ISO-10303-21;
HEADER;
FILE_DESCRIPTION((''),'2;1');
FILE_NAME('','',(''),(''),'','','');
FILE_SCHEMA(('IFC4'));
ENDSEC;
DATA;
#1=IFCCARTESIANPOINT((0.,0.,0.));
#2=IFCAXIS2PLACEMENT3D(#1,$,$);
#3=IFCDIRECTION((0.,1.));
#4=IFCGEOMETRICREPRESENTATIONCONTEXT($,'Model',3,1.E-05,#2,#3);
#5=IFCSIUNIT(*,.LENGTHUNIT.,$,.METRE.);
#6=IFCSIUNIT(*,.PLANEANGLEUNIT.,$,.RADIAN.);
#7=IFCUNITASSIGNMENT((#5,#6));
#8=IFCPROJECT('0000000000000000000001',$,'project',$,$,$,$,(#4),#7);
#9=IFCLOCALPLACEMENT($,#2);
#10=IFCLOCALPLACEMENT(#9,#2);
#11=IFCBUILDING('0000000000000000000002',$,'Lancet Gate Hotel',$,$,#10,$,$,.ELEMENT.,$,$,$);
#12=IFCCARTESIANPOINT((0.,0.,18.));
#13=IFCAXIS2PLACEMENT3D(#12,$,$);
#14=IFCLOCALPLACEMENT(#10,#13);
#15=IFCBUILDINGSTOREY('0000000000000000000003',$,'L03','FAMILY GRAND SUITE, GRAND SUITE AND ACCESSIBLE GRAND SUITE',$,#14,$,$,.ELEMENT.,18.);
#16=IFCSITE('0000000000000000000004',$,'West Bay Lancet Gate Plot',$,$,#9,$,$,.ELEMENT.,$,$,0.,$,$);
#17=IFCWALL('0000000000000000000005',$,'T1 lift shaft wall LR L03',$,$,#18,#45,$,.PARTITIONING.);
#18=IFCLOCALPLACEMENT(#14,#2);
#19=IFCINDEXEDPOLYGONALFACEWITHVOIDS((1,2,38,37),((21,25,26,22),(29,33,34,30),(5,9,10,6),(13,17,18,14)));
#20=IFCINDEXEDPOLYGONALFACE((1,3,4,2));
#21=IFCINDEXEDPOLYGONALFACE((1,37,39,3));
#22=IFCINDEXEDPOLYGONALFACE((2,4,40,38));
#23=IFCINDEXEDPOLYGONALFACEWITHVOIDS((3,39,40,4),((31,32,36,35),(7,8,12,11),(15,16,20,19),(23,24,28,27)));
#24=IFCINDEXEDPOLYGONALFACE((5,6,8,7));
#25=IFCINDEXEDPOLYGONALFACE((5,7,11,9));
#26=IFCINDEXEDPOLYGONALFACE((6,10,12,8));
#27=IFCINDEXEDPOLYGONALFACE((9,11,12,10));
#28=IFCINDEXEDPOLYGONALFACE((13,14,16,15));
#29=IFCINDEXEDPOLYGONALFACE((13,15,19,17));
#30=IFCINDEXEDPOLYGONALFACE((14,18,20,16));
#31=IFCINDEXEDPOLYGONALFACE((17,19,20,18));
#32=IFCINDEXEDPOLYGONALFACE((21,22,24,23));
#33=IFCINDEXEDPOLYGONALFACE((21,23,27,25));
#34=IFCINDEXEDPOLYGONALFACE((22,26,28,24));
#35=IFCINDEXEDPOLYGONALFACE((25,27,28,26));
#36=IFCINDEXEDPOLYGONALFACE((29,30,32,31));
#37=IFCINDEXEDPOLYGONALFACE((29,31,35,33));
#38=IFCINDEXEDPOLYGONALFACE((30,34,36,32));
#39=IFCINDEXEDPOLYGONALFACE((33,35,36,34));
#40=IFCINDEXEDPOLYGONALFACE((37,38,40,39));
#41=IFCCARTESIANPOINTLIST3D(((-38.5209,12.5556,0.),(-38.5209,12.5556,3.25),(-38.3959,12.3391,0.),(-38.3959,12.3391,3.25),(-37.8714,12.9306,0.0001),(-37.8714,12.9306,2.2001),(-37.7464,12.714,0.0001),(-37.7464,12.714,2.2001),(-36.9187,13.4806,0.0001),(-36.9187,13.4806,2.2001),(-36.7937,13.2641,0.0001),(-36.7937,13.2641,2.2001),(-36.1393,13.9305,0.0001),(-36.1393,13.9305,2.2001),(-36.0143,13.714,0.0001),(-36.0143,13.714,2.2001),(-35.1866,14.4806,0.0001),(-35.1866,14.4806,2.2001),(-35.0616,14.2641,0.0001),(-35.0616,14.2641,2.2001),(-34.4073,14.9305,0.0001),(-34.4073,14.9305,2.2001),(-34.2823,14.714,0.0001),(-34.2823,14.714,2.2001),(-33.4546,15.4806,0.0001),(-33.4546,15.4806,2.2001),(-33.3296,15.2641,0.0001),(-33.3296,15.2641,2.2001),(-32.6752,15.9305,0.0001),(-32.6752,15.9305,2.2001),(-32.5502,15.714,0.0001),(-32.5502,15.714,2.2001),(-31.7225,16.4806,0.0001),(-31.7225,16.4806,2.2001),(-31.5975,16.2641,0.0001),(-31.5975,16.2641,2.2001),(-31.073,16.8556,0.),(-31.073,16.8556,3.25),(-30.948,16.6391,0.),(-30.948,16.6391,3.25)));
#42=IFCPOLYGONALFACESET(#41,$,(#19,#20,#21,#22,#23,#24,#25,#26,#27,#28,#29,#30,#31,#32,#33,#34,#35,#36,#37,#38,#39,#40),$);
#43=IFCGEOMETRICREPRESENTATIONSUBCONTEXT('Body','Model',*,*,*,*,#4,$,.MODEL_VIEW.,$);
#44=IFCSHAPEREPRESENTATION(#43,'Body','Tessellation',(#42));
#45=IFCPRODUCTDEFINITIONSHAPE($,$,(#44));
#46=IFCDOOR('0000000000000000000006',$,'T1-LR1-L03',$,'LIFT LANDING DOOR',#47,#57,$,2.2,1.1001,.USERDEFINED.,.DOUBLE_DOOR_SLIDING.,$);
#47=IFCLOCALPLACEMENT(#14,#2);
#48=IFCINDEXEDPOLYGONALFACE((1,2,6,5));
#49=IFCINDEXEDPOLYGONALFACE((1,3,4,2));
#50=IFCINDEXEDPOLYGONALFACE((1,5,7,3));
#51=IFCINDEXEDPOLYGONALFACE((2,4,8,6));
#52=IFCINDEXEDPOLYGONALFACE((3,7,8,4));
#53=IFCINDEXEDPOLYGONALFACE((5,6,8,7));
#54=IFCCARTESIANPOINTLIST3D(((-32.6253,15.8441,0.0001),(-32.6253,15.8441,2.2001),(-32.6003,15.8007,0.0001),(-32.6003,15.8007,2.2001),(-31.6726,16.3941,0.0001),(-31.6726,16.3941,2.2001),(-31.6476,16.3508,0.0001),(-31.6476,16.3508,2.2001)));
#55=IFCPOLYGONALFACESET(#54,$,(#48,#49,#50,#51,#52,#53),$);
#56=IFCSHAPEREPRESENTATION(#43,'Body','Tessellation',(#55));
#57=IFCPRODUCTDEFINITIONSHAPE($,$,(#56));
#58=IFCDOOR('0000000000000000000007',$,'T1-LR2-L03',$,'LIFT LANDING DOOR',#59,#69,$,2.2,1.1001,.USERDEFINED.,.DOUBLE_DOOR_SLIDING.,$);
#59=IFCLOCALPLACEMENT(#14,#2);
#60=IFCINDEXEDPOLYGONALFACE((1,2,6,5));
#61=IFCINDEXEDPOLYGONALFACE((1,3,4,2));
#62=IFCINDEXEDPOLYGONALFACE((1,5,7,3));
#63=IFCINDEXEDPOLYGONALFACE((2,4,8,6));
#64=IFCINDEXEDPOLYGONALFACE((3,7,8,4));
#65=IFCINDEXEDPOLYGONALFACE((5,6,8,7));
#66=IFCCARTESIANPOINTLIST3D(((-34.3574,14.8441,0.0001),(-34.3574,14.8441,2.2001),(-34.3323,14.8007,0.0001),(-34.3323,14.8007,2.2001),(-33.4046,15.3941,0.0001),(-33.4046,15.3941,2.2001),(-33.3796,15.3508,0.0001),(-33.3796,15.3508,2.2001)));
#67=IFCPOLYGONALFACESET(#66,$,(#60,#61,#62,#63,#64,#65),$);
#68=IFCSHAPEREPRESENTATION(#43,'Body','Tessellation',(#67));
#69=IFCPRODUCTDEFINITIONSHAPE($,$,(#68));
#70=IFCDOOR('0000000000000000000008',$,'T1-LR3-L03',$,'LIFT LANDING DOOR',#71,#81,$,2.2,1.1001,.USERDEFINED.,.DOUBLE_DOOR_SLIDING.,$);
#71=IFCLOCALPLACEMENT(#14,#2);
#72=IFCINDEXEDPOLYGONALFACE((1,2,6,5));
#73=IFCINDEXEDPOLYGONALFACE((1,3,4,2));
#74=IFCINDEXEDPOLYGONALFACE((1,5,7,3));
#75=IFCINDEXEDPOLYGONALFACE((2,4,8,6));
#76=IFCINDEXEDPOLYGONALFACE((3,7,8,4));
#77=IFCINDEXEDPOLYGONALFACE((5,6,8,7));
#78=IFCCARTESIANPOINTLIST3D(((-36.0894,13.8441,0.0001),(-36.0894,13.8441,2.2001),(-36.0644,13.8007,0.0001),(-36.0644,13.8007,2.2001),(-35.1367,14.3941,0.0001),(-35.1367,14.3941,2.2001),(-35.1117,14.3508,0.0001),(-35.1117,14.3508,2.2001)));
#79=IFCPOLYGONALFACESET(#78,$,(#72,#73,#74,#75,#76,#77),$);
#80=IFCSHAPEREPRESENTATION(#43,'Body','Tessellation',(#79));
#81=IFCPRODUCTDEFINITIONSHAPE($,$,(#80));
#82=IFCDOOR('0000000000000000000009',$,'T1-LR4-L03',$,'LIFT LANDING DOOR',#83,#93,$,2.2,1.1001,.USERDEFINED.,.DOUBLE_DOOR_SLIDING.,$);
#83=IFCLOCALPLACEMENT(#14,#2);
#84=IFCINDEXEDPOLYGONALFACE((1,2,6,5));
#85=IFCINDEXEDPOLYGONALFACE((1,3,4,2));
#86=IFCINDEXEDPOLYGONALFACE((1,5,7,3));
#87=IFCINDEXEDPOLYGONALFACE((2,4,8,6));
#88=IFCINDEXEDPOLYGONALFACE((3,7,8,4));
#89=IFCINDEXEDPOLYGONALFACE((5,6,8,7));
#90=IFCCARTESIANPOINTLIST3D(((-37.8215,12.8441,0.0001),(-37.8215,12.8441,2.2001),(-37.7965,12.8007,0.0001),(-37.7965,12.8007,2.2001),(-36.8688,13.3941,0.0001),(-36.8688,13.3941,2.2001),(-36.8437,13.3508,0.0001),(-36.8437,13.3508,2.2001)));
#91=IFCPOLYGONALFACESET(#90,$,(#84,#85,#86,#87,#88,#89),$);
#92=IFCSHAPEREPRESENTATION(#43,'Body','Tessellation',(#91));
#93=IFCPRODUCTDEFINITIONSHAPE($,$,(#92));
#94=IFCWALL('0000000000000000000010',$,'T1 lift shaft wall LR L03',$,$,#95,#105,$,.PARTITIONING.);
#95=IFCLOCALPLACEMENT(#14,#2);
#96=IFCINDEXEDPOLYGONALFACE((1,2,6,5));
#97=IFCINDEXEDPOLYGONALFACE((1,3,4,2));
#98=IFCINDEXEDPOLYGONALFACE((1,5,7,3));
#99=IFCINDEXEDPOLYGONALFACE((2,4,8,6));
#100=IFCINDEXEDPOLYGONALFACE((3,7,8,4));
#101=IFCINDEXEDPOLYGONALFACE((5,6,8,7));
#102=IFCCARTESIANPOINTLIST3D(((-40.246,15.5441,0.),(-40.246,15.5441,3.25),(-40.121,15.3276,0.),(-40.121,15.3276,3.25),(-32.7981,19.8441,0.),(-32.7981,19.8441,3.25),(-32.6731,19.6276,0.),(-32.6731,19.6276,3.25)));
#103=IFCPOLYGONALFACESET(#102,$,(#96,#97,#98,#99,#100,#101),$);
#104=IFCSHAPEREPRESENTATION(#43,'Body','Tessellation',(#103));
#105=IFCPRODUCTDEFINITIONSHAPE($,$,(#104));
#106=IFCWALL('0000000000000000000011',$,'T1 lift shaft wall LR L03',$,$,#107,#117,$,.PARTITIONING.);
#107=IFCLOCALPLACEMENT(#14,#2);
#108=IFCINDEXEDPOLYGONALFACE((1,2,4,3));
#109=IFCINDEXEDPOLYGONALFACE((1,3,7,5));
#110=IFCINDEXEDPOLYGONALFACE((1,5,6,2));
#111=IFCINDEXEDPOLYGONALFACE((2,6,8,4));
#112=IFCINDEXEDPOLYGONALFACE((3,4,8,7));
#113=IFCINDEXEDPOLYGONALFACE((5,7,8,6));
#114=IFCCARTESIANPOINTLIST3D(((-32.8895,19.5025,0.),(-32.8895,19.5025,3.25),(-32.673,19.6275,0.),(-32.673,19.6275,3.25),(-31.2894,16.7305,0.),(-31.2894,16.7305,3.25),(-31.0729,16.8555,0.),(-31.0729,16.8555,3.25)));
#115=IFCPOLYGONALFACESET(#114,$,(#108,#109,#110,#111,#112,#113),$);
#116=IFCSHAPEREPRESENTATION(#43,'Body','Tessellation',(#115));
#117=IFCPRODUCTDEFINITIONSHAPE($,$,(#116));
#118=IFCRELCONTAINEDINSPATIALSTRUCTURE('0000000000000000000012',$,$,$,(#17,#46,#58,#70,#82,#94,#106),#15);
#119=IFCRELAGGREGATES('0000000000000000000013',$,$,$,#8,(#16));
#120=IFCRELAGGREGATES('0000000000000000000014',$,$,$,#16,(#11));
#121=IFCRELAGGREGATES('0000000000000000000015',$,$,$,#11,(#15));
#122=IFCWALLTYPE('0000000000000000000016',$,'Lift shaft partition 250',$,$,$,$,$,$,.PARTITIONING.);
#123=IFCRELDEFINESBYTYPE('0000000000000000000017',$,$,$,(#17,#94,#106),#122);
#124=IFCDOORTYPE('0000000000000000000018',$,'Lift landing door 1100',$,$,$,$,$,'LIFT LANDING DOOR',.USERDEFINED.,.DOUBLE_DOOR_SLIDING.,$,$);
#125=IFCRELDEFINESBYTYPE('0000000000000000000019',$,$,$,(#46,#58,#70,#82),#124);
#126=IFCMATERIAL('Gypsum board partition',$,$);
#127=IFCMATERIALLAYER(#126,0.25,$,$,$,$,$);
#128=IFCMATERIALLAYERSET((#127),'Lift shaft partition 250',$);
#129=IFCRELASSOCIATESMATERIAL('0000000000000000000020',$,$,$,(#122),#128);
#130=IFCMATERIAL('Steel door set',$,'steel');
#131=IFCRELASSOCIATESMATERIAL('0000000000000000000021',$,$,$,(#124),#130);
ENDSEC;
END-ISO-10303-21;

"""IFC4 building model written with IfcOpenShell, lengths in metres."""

from ifc_helpers import new_model, si_unit, direction, frame, frame_2d, origin, place, context, subcontext, project, spatial, rectangle, extrude, material, layer, layer_set, type_object, element, fill, save


model = new_model("IFC4")

# Units and contexts
model_context = context("Model", 3, precision=1e-05, world=origin(), true_north=direction((0.0, 1.0)))
body_context = subcontext(model_context, "Body", "Model", "MODEL_VIEW")
ifc_project = project(units=[si_unit("LENGTHUNIT", "METRE"), si_unit("PLANEANGLEUNIT", "RADIAN")], contexts=[model_context])

# Site, building, storey
site_placement = place(None, origin())
site = spatial("IfcSite", under=ifc_project, at=site_placement, Name="West Bay Lancet Gate Plot", CompositionType="ELEMENT", RefElevation=0.0)
building_placement = place(site_placement, origin())
building = spatial("IfcBuilding", under=site, at=building_placement, Name="Lancet Gate Hotel", CompositionType="ELEMENT")
storey_placement = place(building_placement, frame((0.0, 0.0, 18.0)))
storey = spatial("IfcBuildingStorey", under=building, at=storey_placement, Name="L03", Description="FAMILY GRAND SUITE, GRAND SUITE AND ACCESSIBLE GRAND SUITE", CompositionType="ELEMENT", Elevation=18.0)

# Wall, openings, doors
ifc_material_1 = material(Name="Gypsum board partition")
ifc_layer_1 = layer(ifc_material_1, 0.25)
ifc_layer_set_1 = layer_set([ifc_layer_1], Name="Lift shaft partition 250")
wall_type = type_object("IfcWallType", Name="Lift shaft partition 250", PredefinedType="PARTITIONING", material=ifc_layer_set_1)
wall_1_placement = place(storey_placement, frame((-31.0105, 16.7473, 0.0), z_axis=(0.0, 0.0, 1.0), x_axis=(-0.866028, -0.499995, 0.0)))
wall_1 = element("IfcWall", 1, at=wall_1_placement, inside=storey, type_object=wall_type, Name="T1 lift shaft wall LR L03", PredefinedType="PARTITIONING", context=body_context, shape_type="SweptSolid", body=[
    extrude(rectangle(XDim=8.6001, YDim=0.25, at=frame_2d((4.3, 0.0))), origin(), (0.0, 0.0, 1.0), 3.25),
])
opening_1_placement = place(wall_1_placement, frame((0.75, 0.0, 0.0)))
opening_1 = element("IfcOpeningElement", 2, at=opening_1_placement, cuts=wall_1, PredefinedType="OPENING", context=body_context, shape_type="SweptSolid", body=[
    extrude(rectangle(XDim=1.1001, YDim=2.2, at=frame_2d((0.55, 1.1001))), frame((0.0, 0.135, 0.0), z_axis=(0.0, -1.0, 0.0), x_axis=(1.0, 0.0, 0.0)), (0.0, 0.0, 1.0), 0.27),
])
opening_2_placement = place(wall_1_placement, frame((2.75, 0.0, 0.0)))
opening_2 = element("IfcOpeningElement", 3, at=opening_2_placement, cuts=wall_1, PredefinedType="OPENING", context=body_context, shape_type="SweptSolid", body=[
    extrude(rectangle(XDim=1.1001, YDim=2.2, at=frame_2d((0.55, 1.1001))), frame((0.0, 0.135, 0.0), z_axis=(0.0, -1.0, 0.0), x_axis=(1.0, 0.0, 0.0)), (0.0, 0.0, 1.0), 0.27),
])
opening_3_placement = place(wall_1_placement, frame((4.75, 0.0, 0.0)))
opening_3 = element("IfcOpeningElement", 4, at=opening_3_placement, cuts=wall_1, PredefinedType="OPENING", context=body_context, shape_type="SweptSolid", body=[
    extrude(rectangle(XDim=1.1001, YDim=2.2, at=frame_2d((0.55, 1.1001))), frame((0.0, 0.135, 0.0), z_axis=(0.0, -1.0, 0.0), x_axis=(1.0, 0.0, 0.0)), (0.0, 0.0, 1.0), 0.27),
])
opening_4_placement = place(wall_1_placement, frame((6.75, 0.0, 0.0)))
opening_4 = element("IfcOpeningElement", 5, at=opening_4_placement, cuts=wall_1, PredefinedType="OPENING", context=body_context, shape_type="SweptSolid", body=[
    extrude(rectangle(XDim=1.1001, YDim=2.2, at=frame_2d((0.55, 1.1001))), frame((0.0, 0.135, 0.0), z_axis=(0.0, -1.0, 0.0), x_axis=(1.0, 0.0, 0.0)), (0.0, 0.0, 1.0), 0.27),
])
ifc_material_2 = material(Name="Steel door set", Category="steel")
door_type = type_object("IfcDoorType", Name="Lift landing door 1100", ElementType="LIFT LANDING DOOR", OperationType="DOUBLE_DOOR_SLIDING", PredefinedType="USERDEFINED", material=ifc_material_2)
door_1_placement = place(opening_1_placement, origin())
door_1 = element("IfcDoor", 6, at=door_1_placement, inside=storey, type_object=door_type, Name="T1-LR1-L03", ObjectType="LIFT LANDING DOOR", OperationType="DOUBLE_DOOR_SLIDING", OverallHeight=2.2, OverallWidth=1.1001, PredefinedType="USERDEFINED", context=body_context, shape_type="SweptSolid", body=[
    extrude(rectangle(XDim=1.1001, YDim=2.2, at=frame_2d((0.55, 1.1001))), frame((0.0, 0.0249, 0.0), z_axis=(0.0, -1.0, 0.0), x_axis=(1.0, 0.0, 0.0)), (0.0, 0.0, 1.0), 0.05),
])
fill(opening_1, door_1)
door_2_placement = place(opening_2_placement, origin())
door_2 = element("IfcDoor", 7, at=door_2_placement, inside=storey, type_object=door_type, Name="T1-LR2-L03", ObjectType="LIFT LANDING DOOR", OperationType="DOUBLE_DOOR_SLIDING", OverallHeight=2.2, OverallWidth=1.1001, PredefinedType="USERDEFINED", context=body_context, shape_type="SweptSolid", body=[
    extrude(rectangle(XDim=1.1001, YDim=2.2, at=frame_2d((0.55, 1.1001))), frame((0.0, 0.0249, 0.0), z_axis=(0.0, -1.0, 0.0), x_axis=(1.0, 0.0, 0.0)), (0.0, 0.0, 1.0), 0.05),
])
fill(opening_2, door_2)
door_3_placement = place(opening_3_placement, origin())
door_3 = element("IfcDoor", 8, at=door_3_placement, inside=storey, type_object=door_type, Name="T1-LR3-L03", ObjectType="LIFT LANDING DOOR", OperationType="DOUBLE_DOOR_SLIDING", OverallHeight=2.2, OverallWidth=1.1001, PredefinedType="USERDEFINED", context=body_context, shape_type="SweptSolid", body=[
    extrude(rectangle(XDim=1.1001, YDim=2.2, at=frame_2d((0.55, 1.1001))), frame((0.0, 0.0249, 0.0), z_axis=(0.0, -1.0, 0.0), x_axis=(1.0, 0.0, 0.0)), (0.0, 0.0, 1.0), 0.05),
])
fill(opening_3, door_3)
door_4_placement = place(opening_4_placement, origin())
door_4 = element("IfcDoor", 9, at=door_4_placement, inside=storey, type_object=door_type, Name="T1-LR4-L03", ObjectType="LIFT LANDING DOOR", OperationType="DOUBLE_DOOR_SLIDING", OverallHeight=2.2, OverallWidth=1.1001, PredefinedType="USERDEFINED", context=body_context, shape_type="SweptSolid", body=[
    extrude(rectangle(XDim=1.1001, YDim=2.2, at=frame_2d((0.55, 1.1001))), frame((0.0, 0.0249, 0.0), z_axis=(0.0, -1.0, 0.0), x_axis=(1.0, 0.0, 0.0)), (0.0, 0.0, 1.0), 0.05),
])
fill(opening_4, door_4)

# Walls
wall_2_placement = place(storey_placement, frame((-32.7356, 19.7358, 0.0), z_axis=(0.0, 0.0, 1.0), x_axis=(-0.866028, -0.499995, 0.0)))
element("IfcWall", 10, at=wall_2_placement, inside=storey, type_object=wall_type, Name="T1 lift shaft wall LR L03", PredefinedType="PARTITIONING", context=body_context, shape_type="SweptSolid", body=[
    extrude(rectangle(XDim=8.6001, YDim=0.25, at=frame_2d((4.3, 0.0))), origin(), (0.0, 0.0, 1.0), 3.25),
])
wall_3_placement = place(storey_placement, frame((-31.1812, 16.793, 0.0), z_axis=(0.0, 0.0, 1.0), x_axis=(-0.499929, 0.866066, 0.0)))
element("IfcWall", 11, at=wall_3_placement, inside=storey, type_object=wall_type, Name="T1 lift shaft wall LR L03", PredefinedType="PARTITIONING", context=body_context, shape_type="SweptSolid", body=[
    extrude(rectangle(XDim=3.2007, YDim=0.25, at=frame_2d((1.6003, 0.0))), origin(), (0.0, 0.0, 1.0), 3.25),
])

save(model, "model.ifc")
